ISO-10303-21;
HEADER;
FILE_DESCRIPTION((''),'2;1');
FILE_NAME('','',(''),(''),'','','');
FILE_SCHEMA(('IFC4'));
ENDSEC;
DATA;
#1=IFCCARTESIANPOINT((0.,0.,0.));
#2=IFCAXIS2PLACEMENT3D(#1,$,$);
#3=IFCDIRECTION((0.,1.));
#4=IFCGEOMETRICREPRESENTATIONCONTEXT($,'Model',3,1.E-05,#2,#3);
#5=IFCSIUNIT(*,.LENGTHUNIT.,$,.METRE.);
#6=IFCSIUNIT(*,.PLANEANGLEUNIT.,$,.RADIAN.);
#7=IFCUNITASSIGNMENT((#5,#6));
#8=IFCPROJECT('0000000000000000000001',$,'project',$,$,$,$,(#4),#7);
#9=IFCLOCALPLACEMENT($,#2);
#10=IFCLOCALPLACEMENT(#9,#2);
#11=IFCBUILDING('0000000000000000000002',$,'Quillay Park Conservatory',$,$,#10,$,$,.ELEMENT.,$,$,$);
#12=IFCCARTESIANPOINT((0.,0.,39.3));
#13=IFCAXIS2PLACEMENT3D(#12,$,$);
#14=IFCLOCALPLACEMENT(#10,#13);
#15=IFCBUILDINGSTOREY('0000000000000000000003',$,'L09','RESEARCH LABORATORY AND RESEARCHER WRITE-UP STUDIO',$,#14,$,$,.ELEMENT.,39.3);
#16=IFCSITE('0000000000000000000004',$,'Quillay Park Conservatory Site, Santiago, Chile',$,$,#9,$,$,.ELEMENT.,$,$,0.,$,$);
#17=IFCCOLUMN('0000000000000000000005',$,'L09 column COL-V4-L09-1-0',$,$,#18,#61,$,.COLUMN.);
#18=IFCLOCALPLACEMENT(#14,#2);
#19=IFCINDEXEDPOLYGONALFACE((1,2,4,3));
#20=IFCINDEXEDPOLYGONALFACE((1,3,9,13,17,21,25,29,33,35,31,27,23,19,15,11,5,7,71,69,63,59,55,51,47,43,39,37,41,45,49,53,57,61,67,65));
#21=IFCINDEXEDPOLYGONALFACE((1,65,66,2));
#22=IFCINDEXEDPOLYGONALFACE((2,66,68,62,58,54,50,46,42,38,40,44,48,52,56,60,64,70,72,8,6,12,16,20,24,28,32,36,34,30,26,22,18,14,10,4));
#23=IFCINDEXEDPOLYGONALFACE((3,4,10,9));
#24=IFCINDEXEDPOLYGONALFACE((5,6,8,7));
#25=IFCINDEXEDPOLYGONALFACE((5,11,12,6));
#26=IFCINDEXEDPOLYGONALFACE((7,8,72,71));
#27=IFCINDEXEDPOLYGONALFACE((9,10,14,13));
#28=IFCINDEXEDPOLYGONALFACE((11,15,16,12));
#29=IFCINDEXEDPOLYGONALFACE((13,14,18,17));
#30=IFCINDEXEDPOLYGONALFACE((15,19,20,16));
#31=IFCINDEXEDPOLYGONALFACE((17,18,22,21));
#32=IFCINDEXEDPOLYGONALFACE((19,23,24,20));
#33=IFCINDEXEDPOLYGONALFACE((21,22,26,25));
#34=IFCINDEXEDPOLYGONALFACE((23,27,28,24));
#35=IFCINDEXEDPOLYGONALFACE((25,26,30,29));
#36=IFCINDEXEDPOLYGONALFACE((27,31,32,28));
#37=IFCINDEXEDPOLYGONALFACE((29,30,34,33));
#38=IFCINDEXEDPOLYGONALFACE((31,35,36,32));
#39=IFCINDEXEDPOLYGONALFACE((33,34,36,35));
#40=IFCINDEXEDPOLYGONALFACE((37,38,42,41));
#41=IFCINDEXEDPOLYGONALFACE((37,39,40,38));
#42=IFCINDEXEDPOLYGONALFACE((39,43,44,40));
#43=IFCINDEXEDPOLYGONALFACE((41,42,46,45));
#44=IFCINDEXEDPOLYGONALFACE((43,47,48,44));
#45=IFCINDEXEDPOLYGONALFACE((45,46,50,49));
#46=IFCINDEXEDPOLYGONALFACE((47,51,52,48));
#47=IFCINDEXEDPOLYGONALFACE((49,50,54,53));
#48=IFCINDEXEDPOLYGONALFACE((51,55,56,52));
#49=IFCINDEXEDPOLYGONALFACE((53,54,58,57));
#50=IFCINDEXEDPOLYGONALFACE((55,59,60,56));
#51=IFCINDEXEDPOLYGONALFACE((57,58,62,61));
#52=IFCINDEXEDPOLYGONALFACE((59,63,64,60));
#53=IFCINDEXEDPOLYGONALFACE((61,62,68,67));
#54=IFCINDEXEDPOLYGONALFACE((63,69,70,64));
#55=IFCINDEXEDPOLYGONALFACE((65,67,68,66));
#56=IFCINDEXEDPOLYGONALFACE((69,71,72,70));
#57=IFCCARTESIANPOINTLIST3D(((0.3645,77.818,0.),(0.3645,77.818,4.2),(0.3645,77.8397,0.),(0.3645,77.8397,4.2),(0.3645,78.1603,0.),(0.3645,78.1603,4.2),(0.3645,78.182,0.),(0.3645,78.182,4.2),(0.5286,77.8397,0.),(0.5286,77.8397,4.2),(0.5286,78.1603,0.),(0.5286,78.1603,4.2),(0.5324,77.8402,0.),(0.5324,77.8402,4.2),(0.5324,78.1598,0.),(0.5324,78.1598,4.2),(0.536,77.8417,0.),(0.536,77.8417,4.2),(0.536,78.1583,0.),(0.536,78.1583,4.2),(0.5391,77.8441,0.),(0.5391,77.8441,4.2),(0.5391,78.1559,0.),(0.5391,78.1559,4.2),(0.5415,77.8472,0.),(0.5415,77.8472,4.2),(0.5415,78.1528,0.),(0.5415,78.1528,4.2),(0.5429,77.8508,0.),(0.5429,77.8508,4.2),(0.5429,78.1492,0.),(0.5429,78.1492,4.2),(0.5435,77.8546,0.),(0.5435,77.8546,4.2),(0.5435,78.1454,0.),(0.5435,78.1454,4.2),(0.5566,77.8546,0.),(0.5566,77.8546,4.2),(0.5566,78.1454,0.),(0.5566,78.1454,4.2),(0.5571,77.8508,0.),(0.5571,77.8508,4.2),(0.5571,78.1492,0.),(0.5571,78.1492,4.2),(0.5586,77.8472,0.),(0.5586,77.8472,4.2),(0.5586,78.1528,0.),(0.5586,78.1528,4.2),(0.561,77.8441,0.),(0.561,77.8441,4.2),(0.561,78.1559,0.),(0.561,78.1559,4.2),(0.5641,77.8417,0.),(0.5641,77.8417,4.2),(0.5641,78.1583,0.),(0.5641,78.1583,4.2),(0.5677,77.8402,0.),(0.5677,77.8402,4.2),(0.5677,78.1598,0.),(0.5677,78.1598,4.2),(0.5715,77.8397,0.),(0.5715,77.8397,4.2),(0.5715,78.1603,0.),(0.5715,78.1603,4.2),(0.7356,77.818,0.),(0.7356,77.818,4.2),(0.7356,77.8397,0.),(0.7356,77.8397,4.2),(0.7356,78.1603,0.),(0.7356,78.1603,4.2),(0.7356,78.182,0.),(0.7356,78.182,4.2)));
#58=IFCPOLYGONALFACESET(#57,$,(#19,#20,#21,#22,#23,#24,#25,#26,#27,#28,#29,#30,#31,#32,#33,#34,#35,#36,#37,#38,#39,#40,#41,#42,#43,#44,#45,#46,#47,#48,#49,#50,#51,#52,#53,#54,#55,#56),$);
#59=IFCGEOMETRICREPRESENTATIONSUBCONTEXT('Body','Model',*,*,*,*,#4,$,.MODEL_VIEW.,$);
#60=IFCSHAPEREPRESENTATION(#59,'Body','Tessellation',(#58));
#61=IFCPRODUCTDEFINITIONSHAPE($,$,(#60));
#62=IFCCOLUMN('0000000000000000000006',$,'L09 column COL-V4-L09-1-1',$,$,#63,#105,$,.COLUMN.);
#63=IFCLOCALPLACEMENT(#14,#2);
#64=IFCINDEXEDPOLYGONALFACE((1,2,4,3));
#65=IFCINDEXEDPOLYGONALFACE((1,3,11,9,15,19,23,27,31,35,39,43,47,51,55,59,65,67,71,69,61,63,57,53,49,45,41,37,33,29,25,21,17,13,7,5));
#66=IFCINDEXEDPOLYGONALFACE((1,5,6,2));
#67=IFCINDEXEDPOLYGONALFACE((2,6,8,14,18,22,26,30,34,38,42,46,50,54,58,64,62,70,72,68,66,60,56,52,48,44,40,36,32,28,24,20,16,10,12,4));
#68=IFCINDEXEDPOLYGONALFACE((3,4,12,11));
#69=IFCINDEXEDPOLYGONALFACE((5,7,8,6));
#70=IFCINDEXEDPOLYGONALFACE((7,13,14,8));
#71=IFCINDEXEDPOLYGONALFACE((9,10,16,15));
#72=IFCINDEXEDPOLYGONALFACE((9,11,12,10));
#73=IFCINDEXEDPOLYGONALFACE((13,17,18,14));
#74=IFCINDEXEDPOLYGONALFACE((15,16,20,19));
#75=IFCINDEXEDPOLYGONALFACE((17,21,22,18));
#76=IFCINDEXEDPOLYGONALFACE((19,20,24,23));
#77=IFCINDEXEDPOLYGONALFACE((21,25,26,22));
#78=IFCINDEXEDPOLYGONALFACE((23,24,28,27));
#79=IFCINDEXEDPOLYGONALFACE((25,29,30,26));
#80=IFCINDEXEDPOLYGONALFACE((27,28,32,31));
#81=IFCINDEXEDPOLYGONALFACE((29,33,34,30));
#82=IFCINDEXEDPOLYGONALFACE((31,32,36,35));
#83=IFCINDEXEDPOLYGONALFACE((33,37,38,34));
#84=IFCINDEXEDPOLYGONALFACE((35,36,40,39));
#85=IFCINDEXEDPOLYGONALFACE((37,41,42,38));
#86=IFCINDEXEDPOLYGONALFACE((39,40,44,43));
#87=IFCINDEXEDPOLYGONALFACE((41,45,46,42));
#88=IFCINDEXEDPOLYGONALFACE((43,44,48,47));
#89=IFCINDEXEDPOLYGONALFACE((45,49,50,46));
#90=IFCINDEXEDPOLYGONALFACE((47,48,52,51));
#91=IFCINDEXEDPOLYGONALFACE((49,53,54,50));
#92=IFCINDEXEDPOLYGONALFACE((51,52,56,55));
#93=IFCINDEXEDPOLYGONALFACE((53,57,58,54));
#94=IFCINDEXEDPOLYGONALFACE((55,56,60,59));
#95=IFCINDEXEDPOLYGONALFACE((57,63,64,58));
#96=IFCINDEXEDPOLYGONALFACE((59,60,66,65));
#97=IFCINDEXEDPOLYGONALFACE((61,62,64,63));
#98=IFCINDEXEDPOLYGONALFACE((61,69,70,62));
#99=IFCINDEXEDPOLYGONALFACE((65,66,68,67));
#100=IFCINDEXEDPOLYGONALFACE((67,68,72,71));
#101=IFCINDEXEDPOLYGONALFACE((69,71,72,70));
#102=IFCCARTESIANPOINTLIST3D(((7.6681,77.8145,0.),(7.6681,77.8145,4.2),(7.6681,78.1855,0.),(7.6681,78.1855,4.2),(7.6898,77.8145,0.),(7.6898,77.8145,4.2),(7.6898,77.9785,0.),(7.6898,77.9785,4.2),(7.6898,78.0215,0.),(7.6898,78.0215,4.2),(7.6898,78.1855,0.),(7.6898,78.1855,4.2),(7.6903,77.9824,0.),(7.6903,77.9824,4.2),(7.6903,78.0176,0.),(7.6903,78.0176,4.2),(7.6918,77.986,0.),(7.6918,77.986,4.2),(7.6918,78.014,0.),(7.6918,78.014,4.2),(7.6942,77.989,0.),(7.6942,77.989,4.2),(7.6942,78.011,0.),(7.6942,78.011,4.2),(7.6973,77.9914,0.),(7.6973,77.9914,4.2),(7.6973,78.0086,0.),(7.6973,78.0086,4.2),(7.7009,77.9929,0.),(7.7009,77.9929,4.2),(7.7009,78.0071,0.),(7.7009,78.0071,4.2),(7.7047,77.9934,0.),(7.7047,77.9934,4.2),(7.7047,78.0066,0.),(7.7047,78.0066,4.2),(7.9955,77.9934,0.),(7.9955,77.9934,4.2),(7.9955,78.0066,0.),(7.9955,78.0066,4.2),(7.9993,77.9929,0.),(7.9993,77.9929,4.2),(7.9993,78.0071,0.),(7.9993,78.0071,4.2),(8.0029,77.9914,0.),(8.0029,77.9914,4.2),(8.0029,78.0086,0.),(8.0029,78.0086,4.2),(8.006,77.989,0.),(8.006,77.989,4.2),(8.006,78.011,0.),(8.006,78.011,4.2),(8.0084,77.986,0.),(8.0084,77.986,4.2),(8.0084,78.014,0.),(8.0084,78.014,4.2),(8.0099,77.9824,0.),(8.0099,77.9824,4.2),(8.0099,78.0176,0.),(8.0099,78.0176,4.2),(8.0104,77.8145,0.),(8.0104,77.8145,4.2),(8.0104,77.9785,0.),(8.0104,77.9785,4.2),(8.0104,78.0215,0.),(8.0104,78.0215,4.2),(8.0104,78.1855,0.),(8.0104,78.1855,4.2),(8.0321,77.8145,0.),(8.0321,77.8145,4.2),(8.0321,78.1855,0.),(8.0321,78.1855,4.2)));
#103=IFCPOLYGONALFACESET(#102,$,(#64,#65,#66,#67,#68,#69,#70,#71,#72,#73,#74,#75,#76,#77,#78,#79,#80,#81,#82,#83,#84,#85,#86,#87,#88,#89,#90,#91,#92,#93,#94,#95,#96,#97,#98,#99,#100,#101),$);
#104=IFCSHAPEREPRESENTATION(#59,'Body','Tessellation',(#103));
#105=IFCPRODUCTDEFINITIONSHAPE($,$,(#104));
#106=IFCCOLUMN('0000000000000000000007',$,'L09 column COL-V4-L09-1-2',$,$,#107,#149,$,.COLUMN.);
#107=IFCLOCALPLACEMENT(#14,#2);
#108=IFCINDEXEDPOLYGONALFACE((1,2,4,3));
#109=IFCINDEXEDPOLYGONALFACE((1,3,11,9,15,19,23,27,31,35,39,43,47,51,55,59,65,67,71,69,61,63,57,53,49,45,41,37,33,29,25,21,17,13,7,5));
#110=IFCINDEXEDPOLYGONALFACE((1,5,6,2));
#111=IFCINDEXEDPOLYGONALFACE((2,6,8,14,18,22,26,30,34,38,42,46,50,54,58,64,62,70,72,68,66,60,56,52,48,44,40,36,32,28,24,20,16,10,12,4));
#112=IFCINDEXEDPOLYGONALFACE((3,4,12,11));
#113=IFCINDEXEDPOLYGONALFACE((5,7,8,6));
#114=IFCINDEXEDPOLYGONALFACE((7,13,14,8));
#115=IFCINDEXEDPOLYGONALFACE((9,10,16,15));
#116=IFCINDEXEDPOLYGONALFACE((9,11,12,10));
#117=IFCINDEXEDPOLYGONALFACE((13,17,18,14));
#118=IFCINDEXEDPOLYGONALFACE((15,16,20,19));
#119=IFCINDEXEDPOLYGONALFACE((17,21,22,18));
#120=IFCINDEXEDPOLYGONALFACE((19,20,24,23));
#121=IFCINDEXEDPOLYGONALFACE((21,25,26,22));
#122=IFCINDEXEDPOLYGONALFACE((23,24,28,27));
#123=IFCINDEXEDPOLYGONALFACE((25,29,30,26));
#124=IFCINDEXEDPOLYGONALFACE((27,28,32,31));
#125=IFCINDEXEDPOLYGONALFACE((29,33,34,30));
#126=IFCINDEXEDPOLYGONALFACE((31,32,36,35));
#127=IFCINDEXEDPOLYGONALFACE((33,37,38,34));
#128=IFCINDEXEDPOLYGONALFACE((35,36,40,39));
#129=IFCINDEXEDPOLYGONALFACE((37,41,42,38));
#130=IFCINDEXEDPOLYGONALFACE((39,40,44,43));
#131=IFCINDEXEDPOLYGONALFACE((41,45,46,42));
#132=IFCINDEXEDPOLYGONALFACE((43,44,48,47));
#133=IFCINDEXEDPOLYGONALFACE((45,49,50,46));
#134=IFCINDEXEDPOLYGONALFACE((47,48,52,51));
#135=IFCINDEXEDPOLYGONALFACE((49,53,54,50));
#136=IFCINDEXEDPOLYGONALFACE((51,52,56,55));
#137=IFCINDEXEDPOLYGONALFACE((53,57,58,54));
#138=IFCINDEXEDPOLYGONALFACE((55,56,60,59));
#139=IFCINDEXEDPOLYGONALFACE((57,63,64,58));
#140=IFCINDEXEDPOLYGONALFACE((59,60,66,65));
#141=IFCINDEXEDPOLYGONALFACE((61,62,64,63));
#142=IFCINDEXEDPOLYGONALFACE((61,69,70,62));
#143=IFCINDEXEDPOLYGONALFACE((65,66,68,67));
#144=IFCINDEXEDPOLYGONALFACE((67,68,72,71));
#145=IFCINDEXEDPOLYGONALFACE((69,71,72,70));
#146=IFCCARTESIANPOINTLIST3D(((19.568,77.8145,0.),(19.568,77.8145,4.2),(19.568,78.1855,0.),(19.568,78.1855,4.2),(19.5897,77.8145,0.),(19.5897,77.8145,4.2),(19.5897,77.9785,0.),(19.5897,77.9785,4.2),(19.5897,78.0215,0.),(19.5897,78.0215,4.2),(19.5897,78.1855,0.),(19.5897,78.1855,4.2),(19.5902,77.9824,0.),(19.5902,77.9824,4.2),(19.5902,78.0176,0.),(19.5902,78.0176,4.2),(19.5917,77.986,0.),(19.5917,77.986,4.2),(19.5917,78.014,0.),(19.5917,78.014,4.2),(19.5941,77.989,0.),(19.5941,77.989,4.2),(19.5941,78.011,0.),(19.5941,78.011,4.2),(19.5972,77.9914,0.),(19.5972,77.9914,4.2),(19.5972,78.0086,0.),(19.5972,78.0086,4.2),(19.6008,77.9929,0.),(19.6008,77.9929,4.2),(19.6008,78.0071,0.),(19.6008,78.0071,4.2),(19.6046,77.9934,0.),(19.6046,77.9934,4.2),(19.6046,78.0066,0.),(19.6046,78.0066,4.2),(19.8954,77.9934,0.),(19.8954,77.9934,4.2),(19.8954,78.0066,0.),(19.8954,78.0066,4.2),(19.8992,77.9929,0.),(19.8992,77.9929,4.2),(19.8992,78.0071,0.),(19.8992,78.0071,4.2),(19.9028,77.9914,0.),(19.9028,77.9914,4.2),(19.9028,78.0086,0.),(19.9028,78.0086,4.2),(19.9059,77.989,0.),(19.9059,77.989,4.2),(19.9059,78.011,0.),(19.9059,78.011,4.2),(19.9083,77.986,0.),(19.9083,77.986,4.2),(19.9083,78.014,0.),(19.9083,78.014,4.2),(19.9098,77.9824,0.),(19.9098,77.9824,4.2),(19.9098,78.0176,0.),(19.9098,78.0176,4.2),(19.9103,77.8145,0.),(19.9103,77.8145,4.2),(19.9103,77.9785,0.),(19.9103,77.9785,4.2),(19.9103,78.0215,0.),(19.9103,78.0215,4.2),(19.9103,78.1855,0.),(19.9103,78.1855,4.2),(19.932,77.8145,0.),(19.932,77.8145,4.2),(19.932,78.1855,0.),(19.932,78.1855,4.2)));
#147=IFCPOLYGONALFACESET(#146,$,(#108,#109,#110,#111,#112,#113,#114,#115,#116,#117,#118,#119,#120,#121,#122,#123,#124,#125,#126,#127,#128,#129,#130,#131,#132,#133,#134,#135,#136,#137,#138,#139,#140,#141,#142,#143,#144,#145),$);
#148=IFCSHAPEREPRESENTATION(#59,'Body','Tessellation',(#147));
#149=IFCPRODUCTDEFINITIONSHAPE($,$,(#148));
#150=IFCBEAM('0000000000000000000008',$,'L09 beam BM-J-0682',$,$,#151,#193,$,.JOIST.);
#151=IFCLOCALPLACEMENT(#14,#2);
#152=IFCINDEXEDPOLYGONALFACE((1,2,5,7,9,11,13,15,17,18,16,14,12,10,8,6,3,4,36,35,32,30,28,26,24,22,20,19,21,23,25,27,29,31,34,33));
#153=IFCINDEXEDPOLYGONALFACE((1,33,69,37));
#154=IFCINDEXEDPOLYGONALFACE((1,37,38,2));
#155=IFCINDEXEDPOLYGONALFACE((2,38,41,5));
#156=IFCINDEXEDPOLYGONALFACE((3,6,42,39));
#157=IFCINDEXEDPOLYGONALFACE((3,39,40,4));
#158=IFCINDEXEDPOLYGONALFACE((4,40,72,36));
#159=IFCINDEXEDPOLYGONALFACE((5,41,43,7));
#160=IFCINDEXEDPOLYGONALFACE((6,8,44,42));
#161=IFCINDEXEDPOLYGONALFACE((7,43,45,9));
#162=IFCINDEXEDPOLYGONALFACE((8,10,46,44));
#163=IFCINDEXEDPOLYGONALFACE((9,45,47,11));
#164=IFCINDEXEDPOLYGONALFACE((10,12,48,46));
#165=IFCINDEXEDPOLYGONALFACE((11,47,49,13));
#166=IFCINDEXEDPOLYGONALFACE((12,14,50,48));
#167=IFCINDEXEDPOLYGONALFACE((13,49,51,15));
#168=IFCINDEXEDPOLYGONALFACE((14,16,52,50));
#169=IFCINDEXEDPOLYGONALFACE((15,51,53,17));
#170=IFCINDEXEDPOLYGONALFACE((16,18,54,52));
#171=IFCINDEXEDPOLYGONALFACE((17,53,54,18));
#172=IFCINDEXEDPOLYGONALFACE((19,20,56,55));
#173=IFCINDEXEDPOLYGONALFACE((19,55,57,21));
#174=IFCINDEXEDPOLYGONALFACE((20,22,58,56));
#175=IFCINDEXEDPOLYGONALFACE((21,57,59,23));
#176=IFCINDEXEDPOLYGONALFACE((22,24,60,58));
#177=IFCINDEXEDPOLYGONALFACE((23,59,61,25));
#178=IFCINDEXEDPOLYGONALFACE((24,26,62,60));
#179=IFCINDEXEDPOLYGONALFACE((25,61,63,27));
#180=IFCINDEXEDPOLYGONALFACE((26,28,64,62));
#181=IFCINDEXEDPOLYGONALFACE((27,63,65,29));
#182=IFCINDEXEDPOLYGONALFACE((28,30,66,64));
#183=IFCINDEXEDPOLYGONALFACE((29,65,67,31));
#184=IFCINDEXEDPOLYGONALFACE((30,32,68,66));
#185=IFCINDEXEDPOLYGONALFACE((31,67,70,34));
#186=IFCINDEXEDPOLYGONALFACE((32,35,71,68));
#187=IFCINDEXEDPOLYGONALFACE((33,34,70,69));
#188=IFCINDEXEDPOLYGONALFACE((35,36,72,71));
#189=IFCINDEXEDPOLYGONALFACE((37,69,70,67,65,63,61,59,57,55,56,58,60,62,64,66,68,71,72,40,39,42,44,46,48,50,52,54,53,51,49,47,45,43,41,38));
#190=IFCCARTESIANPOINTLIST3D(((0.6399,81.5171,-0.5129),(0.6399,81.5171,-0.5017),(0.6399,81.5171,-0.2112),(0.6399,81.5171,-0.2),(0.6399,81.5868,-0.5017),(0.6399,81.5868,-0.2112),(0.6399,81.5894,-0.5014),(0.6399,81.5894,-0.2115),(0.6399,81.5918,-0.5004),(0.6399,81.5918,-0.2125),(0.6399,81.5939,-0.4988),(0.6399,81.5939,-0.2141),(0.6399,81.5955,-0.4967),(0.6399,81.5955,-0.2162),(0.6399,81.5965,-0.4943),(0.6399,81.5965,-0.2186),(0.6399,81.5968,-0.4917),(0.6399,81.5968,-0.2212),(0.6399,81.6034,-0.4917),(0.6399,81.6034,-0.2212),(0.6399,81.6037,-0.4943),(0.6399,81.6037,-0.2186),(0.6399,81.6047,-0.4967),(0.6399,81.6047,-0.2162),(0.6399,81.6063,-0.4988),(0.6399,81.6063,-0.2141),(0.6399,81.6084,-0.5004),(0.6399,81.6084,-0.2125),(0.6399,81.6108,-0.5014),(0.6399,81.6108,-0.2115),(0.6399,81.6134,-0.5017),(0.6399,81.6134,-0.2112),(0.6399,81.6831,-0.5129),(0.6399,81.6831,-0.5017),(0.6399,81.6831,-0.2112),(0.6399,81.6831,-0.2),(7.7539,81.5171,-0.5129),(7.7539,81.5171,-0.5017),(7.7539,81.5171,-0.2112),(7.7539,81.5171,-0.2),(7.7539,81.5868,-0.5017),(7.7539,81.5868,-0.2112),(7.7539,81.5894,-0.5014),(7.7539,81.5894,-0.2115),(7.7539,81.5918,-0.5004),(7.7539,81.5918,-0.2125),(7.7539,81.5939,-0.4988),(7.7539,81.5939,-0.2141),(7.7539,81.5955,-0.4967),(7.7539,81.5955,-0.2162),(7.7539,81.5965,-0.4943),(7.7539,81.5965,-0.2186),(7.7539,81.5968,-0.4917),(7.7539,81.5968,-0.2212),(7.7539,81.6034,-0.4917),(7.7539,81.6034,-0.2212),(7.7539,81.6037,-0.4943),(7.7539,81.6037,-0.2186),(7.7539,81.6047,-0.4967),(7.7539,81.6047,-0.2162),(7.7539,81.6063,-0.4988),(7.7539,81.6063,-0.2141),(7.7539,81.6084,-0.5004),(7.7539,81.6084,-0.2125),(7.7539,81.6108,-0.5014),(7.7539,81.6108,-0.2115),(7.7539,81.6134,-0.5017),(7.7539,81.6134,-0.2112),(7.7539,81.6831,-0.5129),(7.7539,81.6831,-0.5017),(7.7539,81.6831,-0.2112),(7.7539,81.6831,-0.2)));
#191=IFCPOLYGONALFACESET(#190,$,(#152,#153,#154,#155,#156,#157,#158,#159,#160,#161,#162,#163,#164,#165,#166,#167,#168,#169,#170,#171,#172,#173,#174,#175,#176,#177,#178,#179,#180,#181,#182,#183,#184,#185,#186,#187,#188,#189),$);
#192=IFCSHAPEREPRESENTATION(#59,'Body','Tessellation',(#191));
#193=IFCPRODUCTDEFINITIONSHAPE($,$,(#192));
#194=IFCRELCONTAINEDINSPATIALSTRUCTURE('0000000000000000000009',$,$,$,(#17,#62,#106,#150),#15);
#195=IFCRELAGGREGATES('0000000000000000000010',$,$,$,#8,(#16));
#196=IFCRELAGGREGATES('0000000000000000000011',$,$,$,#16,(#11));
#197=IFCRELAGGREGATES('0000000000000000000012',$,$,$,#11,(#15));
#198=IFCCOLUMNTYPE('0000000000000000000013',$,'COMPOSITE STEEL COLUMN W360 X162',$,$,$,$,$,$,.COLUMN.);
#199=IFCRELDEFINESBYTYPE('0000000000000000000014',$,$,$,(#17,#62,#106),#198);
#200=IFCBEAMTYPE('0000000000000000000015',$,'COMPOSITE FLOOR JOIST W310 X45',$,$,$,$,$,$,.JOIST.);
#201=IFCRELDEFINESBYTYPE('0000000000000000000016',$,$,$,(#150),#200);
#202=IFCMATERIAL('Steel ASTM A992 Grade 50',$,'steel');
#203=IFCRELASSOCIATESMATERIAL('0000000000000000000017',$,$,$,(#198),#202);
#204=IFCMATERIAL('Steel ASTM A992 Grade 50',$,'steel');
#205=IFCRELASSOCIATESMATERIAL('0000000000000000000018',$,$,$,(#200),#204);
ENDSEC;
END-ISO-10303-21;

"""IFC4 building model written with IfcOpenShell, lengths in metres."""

from ifc_helpers import new_model, si_unit, direction, frame, origin, origin_2d, place, context, subcontext, project, spatial, i_section, extrude, material, material_profile, profile_set, type_object, element, save


model = new_model("IFC4")

# Units and contexts
model_context = context("Model", 3, precision=1e-05, world=origin(), true_north=direction((0.0, 1.0)))
body_context = subcontext(model_context, "Body", "Model", "MODEL_VIEW")
ifc_project = project(units=[si_unit("LENGTHUNIT", "METRE"), si_unit("PLANEANGLEUNIT", "RADIAN")], contexts=[model_context])

# Site, building, storey
site_placement = place(None, origin())
site = spatial("IfcSite", under=ifc_project, at=site_placement, Name="Quillay Park Conservatory Site, Santiago, Chile", CompositionType="ELEMENT", RefElevation=0.0)
building_placement = place(site_placement, origin())
building = spatial("IfcBuilding", under=site, at=building_placement, Name="Quillay Park Conservatory", CompositionType="ELEMENT")
storey_placement = place(building_placement, frame((0.0, 0.0, 39.3)))
storey = spatial("IfcBuildingStorey", under=building, at=storey_placement, Name="L09", Description="RESEARCH LABORATORY AND RESEARCHER WRITE-UP STUDIO", CompositionType="ELEMENT", Elevation=39.3)

# Columns
ifc_material_1 = material(Name="Steel ASTM A992 Grade 50", Category="steel")
ifc_material_profile_1 = material_profile(ifc_material_1, i_section(OverallWidth=0.3711, OverallDepth=0.364, WebThickness=0.0132, FlangeThickness=0.0217, FilletRadius=0.0149, at=origin_2d()), Name="W360x162")
ifc_profile_set_1 = profile_set([ifc_material_profile_1], Name="Steel ASTM A992 Grade 50")
column_type = type_object("IfcColumnType", Name="COMPOSITE STEEL COLUMN W360 X162", PredefinedType="COLUMN", material=ifc_profile_set_1)
for number, where, z_axis, x_axis, name in (
    (1, (0.55, 78.0, 0.0), (0.0, 0.0, 1.0), (1.0, 0.0, 0.0), "L09 column COL-V4-L09-1-0"),
    (2, (7.8501, 78.0, 0.0), (0.0, 0.0, 1.0), (0.0, 1.0, 0.0), "L09 column COL-V4-L09-1-1"),
    (3, (19.75, 78.0, 0.0), (0.0, 0.0, 1.0), (0.0, 1.0, 0.0), "L09 column COL-V4-L09-1-2"),
):
    element("IfcColumn", number, at=place(storey_placement, frame(where, z_axis=z_axis, x_axis=x_axis)), inside=storey, type_object=column_type, Name=name, PredefinedType="COLUMN", context=body_context, shape_type="SweptSolid", body=[
        extrude(i_section(OverallWidth=0.3711, OverallDepth=0.364, WebThickness=0.0132, FlangeThickness=0.0217, FilletRadius=0.0149, at=origin_2d()), origin(), (0.0, 0.0, 1.0), 4.2),
    ])

# Beam
ifc_material_2 = material(Name="Steel ASTM A992 Grade 50", Category="steel")
ifc_material_profile_2 = material_profile(ifc_material_2, i_section(OverallWidth=0.166, OverallDepth=0.313, WebThickness=0.0066, FlangeThickness=0.0112, FilletRadius=0.01, at=origin_2d()), Name="W310x45")
ifc_profile_set_2 = profile_set([ifc_material_profile_2], Name="Steel ASTM A992 Grade 50")
beam_type_1 = type_object("IfcBeamType", Name="COMPOSITE FLOOR JOIST W310 X45", PredefinedType="JOIST", material=ifc_profile_set_2)
beam_1_placement = place(storey_placement, frame((0.6399, 81.6001, -0.3564), z_axis=(1.0, 0.0, 0.0), x_axis=(0.0, 1.0, 0.0)))
element("IfcBeam", 4, at=beam_1_placement, inside=storey, type_object=beam_type_1, Name="L09 beam BM-J-0682", PredefinedType="JOIST", context=body_context, shape_type="SweptSolid", body=[
    extrude(i_section(OverallWidth=0.166, OverallDepth=0.313, WebThickness=0.0066, FlangeThickness=0.0112, FilletRadius=0.01, at=origin_2d()), origin(), (0.0, 0.0, 1.0), 7.114),
])

save(model, "model.ifc")
